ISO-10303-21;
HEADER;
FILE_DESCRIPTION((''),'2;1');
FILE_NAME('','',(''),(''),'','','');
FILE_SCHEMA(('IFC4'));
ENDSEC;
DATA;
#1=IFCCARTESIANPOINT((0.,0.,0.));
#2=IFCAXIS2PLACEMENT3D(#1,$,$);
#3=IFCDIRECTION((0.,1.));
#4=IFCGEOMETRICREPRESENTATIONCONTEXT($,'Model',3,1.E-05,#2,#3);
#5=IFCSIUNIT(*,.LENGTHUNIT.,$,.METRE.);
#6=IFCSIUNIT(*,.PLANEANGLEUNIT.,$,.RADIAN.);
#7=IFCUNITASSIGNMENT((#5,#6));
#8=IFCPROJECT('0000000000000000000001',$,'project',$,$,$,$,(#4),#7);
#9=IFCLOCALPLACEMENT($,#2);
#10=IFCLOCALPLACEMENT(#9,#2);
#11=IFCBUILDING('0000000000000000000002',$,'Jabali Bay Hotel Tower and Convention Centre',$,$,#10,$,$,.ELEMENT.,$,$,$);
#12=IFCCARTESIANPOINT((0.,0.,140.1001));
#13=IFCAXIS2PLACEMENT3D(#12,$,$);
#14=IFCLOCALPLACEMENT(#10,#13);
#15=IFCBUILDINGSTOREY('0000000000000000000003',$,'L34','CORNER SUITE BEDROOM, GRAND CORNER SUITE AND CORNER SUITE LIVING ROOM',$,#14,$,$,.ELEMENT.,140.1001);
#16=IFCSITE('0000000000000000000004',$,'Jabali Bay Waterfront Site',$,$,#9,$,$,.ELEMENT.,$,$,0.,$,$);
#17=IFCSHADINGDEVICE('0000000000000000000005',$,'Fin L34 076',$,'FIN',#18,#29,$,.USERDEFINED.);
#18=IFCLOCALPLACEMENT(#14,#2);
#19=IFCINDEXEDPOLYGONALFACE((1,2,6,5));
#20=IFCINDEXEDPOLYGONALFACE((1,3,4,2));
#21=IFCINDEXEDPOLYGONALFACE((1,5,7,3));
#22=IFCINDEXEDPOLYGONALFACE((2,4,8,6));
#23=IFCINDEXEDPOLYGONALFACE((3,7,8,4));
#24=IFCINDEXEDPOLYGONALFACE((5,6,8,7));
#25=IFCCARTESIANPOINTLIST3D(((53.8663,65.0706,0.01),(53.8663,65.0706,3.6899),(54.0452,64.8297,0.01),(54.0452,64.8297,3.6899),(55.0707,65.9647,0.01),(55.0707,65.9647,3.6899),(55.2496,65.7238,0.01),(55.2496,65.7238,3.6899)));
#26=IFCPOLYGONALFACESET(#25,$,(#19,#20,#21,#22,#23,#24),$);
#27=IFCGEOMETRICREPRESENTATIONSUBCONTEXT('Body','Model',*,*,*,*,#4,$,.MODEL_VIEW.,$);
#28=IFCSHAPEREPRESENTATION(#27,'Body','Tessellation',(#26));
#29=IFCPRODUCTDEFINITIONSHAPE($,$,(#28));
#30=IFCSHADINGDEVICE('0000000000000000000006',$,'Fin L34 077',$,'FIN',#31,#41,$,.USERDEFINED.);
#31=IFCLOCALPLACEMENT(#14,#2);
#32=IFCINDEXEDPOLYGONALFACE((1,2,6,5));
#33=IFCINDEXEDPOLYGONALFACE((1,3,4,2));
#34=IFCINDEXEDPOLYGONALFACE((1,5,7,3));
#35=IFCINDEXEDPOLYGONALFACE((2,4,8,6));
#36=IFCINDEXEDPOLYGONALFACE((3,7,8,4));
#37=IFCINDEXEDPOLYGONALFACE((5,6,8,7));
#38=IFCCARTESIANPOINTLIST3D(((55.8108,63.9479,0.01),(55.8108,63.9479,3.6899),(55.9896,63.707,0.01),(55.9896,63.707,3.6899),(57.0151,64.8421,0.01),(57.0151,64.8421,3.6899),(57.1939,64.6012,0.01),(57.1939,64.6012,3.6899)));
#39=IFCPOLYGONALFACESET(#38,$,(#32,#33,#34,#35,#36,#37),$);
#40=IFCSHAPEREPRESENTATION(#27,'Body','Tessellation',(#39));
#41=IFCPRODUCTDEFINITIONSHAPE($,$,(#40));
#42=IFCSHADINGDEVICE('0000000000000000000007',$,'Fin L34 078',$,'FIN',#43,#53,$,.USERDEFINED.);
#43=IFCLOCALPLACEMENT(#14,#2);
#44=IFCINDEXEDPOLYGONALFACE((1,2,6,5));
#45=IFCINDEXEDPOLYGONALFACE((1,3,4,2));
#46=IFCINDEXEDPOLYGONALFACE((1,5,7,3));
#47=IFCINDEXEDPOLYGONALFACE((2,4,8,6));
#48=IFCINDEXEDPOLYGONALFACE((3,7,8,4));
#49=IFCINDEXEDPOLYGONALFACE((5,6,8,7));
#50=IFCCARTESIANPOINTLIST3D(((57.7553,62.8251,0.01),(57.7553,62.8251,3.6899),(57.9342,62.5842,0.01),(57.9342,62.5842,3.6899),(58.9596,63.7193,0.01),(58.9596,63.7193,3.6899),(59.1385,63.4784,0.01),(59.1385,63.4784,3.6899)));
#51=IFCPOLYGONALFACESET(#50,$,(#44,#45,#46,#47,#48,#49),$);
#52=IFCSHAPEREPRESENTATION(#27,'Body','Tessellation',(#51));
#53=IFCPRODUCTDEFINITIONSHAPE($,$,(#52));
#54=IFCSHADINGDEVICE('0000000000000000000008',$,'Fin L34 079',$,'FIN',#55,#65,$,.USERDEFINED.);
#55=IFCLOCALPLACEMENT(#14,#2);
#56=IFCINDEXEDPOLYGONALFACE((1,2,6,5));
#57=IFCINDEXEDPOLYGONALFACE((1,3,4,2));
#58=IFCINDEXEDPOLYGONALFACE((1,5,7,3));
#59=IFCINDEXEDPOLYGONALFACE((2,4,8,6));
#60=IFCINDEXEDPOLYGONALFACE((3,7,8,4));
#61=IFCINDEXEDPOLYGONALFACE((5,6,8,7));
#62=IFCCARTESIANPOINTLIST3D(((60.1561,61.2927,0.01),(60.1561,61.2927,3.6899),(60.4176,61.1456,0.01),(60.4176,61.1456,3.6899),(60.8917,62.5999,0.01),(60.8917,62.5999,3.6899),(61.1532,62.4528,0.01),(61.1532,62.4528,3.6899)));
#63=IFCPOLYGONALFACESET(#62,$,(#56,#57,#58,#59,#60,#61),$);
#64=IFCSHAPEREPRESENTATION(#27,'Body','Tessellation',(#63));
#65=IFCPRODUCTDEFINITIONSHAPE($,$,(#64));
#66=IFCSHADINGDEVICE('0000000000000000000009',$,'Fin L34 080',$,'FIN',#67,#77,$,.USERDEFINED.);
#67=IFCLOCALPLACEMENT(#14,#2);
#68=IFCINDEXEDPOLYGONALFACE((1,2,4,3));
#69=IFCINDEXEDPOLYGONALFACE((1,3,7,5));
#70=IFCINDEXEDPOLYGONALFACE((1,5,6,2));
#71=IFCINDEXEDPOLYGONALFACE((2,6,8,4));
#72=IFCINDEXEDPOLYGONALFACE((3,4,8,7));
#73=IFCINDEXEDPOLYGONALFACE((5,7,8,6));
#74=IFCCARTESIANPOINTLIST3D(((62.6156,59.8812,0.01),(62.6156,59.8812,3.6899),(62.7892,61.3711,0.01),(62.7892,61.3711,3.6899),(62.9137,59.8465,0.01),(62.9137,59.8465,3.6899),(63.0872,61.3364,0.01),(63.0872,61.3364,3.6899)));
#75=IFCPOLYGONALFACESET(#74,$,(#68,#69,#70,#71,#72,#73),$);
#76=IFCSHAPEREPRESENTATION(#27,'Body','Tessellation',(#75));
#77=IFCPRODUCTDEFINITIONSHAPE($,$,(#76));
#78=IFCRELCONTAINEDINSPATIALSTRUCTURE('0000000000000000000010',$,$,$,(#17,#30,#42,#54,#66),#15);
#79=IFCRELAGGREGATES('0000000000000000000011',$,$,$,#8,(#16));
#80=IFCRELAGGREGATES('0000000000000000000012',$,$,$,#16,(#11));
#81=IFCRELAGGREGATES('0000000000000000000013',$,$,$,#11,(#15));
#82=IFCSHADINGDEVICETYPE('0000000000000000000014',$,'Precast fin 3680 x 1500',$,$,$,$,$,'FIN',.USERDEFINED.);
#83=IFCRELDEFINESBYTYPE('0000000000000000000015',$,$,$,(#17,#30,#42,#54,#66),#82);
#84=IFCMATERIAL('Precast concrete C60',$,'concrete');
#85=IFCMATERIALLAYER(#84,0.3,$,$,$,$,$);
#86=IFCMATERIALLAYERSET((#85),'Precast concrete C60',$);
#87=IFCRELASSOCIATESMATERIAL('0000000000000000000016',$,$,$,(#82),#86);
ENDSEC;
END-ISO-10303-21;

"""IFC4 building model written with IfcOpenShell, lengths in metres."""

from ifc_helpers import new_model, si_unit, direction, frame, frame_2d, origin, place, context, subcontext, project, spatial, rectangle, extrude, material, layer, layer_set, type_object, element, save


model = new_model("IFC4")

# Units and contexts
model_context = context("Model", 3, precision=1e-05, world=origin(), true_north=direction((0.0, 1.0)))
body_context = subcontext(model_context, "Body", "Model", "MODEL_VIEW")
ifc_project = project(units=[si_unit("LENGTHUNIT", "METRE"), si_unit("PLANEANGLEUNIT", "RADIAN")], contexts=[model_context])

# Site, building, storey
site_placement = place(None, origin())
site = spatial("IfcSite", under=ifc_project, at=site_placement, Name="Jabali Bay Waterfront Site", CompositionType="ELEMENT", RefElevation=0.0)
building_placement = place(site_placement, origin())
building = spatial("IfcBuilding", under=site, at=building_placement, Name="Jabali Bay Hotel Tower and Convention Centre", CompositionType="ELEMENT")
storey_placement = place(building_placement, frame((0.0, 0.0, 140.1001)))
storey = spatial("IfcBuildingStorey", under=building, at=storey_placement, Name="L34", Description="CORNER SUITE BEDROOM, GRAND CORNER SUITE AND CORNER SUITE LIVING ROOM", CompositionType="ELEMENT", Elevation=140.1001)

# Shading devices
ifc_material_1 = material(Name="Precast concrete C60", Category="concrete")
ifc_layer_1 = layer(ifc_material_1, 0.3)
ifc_layer_set_1 = layer_set([ifc_layer_1], Name="Precast concrete C60")
shading_device_type = type_object("IfcShadingDeviceType", Name="Precast fin 3680 x 1500", ElementType="FIN", PredefinedType="USERDEFINED", material=ifc_layer_set_1)
for number, where, z_axis, x_axis, name in (
    (1, (55.1602, 65.8442, 0.01), (0.0, 0.0, 1.0), (-0.80294, -0.59606, 0.0), "Fin L34 076"),
    (2, (57.1045, 64.7217, 0.01), (0.0, 0.0, 1.0), (-0.802862, -0.596165, 0.0), "Fin L34 077"),
    (3, (59.0491, 63.5989, 0.01), (0.0, 0.0, 1.0), (-0.802862, -0.596165, 0.0), "Fin L34 078"),
    (4, (61.0225, 62.5264, 0.01), (0.0, 0.0, 1.0), (-0.490431, -0.87148, 0.0), "Fin L34 079"),
    (5, (62.9382, 61.3538, 0.01), (0.0, 0.0, 1.0), (-0.115717, -0.993282, 0.0), "Fin L34 080"),
):
    element("IfcShadingDevice", number, at=place(storey_placement, frame(where, z_axis=z_axis, x_axis=x_axis)), inside=storey, type_object=shading_device_type, Name=name, ObjectType="FIN", PredefinedType="USERDEFINED", context=body_context, shape_type="SweptSolid", body=[
        extrude(rectangle(XDim=1.5, YDim=0.3, at=frame_2d((0.75, 0.0))), origin(), (0.0, 0.0, 1.0), 3.6799),
    ])

save(model, "model.ifc")
